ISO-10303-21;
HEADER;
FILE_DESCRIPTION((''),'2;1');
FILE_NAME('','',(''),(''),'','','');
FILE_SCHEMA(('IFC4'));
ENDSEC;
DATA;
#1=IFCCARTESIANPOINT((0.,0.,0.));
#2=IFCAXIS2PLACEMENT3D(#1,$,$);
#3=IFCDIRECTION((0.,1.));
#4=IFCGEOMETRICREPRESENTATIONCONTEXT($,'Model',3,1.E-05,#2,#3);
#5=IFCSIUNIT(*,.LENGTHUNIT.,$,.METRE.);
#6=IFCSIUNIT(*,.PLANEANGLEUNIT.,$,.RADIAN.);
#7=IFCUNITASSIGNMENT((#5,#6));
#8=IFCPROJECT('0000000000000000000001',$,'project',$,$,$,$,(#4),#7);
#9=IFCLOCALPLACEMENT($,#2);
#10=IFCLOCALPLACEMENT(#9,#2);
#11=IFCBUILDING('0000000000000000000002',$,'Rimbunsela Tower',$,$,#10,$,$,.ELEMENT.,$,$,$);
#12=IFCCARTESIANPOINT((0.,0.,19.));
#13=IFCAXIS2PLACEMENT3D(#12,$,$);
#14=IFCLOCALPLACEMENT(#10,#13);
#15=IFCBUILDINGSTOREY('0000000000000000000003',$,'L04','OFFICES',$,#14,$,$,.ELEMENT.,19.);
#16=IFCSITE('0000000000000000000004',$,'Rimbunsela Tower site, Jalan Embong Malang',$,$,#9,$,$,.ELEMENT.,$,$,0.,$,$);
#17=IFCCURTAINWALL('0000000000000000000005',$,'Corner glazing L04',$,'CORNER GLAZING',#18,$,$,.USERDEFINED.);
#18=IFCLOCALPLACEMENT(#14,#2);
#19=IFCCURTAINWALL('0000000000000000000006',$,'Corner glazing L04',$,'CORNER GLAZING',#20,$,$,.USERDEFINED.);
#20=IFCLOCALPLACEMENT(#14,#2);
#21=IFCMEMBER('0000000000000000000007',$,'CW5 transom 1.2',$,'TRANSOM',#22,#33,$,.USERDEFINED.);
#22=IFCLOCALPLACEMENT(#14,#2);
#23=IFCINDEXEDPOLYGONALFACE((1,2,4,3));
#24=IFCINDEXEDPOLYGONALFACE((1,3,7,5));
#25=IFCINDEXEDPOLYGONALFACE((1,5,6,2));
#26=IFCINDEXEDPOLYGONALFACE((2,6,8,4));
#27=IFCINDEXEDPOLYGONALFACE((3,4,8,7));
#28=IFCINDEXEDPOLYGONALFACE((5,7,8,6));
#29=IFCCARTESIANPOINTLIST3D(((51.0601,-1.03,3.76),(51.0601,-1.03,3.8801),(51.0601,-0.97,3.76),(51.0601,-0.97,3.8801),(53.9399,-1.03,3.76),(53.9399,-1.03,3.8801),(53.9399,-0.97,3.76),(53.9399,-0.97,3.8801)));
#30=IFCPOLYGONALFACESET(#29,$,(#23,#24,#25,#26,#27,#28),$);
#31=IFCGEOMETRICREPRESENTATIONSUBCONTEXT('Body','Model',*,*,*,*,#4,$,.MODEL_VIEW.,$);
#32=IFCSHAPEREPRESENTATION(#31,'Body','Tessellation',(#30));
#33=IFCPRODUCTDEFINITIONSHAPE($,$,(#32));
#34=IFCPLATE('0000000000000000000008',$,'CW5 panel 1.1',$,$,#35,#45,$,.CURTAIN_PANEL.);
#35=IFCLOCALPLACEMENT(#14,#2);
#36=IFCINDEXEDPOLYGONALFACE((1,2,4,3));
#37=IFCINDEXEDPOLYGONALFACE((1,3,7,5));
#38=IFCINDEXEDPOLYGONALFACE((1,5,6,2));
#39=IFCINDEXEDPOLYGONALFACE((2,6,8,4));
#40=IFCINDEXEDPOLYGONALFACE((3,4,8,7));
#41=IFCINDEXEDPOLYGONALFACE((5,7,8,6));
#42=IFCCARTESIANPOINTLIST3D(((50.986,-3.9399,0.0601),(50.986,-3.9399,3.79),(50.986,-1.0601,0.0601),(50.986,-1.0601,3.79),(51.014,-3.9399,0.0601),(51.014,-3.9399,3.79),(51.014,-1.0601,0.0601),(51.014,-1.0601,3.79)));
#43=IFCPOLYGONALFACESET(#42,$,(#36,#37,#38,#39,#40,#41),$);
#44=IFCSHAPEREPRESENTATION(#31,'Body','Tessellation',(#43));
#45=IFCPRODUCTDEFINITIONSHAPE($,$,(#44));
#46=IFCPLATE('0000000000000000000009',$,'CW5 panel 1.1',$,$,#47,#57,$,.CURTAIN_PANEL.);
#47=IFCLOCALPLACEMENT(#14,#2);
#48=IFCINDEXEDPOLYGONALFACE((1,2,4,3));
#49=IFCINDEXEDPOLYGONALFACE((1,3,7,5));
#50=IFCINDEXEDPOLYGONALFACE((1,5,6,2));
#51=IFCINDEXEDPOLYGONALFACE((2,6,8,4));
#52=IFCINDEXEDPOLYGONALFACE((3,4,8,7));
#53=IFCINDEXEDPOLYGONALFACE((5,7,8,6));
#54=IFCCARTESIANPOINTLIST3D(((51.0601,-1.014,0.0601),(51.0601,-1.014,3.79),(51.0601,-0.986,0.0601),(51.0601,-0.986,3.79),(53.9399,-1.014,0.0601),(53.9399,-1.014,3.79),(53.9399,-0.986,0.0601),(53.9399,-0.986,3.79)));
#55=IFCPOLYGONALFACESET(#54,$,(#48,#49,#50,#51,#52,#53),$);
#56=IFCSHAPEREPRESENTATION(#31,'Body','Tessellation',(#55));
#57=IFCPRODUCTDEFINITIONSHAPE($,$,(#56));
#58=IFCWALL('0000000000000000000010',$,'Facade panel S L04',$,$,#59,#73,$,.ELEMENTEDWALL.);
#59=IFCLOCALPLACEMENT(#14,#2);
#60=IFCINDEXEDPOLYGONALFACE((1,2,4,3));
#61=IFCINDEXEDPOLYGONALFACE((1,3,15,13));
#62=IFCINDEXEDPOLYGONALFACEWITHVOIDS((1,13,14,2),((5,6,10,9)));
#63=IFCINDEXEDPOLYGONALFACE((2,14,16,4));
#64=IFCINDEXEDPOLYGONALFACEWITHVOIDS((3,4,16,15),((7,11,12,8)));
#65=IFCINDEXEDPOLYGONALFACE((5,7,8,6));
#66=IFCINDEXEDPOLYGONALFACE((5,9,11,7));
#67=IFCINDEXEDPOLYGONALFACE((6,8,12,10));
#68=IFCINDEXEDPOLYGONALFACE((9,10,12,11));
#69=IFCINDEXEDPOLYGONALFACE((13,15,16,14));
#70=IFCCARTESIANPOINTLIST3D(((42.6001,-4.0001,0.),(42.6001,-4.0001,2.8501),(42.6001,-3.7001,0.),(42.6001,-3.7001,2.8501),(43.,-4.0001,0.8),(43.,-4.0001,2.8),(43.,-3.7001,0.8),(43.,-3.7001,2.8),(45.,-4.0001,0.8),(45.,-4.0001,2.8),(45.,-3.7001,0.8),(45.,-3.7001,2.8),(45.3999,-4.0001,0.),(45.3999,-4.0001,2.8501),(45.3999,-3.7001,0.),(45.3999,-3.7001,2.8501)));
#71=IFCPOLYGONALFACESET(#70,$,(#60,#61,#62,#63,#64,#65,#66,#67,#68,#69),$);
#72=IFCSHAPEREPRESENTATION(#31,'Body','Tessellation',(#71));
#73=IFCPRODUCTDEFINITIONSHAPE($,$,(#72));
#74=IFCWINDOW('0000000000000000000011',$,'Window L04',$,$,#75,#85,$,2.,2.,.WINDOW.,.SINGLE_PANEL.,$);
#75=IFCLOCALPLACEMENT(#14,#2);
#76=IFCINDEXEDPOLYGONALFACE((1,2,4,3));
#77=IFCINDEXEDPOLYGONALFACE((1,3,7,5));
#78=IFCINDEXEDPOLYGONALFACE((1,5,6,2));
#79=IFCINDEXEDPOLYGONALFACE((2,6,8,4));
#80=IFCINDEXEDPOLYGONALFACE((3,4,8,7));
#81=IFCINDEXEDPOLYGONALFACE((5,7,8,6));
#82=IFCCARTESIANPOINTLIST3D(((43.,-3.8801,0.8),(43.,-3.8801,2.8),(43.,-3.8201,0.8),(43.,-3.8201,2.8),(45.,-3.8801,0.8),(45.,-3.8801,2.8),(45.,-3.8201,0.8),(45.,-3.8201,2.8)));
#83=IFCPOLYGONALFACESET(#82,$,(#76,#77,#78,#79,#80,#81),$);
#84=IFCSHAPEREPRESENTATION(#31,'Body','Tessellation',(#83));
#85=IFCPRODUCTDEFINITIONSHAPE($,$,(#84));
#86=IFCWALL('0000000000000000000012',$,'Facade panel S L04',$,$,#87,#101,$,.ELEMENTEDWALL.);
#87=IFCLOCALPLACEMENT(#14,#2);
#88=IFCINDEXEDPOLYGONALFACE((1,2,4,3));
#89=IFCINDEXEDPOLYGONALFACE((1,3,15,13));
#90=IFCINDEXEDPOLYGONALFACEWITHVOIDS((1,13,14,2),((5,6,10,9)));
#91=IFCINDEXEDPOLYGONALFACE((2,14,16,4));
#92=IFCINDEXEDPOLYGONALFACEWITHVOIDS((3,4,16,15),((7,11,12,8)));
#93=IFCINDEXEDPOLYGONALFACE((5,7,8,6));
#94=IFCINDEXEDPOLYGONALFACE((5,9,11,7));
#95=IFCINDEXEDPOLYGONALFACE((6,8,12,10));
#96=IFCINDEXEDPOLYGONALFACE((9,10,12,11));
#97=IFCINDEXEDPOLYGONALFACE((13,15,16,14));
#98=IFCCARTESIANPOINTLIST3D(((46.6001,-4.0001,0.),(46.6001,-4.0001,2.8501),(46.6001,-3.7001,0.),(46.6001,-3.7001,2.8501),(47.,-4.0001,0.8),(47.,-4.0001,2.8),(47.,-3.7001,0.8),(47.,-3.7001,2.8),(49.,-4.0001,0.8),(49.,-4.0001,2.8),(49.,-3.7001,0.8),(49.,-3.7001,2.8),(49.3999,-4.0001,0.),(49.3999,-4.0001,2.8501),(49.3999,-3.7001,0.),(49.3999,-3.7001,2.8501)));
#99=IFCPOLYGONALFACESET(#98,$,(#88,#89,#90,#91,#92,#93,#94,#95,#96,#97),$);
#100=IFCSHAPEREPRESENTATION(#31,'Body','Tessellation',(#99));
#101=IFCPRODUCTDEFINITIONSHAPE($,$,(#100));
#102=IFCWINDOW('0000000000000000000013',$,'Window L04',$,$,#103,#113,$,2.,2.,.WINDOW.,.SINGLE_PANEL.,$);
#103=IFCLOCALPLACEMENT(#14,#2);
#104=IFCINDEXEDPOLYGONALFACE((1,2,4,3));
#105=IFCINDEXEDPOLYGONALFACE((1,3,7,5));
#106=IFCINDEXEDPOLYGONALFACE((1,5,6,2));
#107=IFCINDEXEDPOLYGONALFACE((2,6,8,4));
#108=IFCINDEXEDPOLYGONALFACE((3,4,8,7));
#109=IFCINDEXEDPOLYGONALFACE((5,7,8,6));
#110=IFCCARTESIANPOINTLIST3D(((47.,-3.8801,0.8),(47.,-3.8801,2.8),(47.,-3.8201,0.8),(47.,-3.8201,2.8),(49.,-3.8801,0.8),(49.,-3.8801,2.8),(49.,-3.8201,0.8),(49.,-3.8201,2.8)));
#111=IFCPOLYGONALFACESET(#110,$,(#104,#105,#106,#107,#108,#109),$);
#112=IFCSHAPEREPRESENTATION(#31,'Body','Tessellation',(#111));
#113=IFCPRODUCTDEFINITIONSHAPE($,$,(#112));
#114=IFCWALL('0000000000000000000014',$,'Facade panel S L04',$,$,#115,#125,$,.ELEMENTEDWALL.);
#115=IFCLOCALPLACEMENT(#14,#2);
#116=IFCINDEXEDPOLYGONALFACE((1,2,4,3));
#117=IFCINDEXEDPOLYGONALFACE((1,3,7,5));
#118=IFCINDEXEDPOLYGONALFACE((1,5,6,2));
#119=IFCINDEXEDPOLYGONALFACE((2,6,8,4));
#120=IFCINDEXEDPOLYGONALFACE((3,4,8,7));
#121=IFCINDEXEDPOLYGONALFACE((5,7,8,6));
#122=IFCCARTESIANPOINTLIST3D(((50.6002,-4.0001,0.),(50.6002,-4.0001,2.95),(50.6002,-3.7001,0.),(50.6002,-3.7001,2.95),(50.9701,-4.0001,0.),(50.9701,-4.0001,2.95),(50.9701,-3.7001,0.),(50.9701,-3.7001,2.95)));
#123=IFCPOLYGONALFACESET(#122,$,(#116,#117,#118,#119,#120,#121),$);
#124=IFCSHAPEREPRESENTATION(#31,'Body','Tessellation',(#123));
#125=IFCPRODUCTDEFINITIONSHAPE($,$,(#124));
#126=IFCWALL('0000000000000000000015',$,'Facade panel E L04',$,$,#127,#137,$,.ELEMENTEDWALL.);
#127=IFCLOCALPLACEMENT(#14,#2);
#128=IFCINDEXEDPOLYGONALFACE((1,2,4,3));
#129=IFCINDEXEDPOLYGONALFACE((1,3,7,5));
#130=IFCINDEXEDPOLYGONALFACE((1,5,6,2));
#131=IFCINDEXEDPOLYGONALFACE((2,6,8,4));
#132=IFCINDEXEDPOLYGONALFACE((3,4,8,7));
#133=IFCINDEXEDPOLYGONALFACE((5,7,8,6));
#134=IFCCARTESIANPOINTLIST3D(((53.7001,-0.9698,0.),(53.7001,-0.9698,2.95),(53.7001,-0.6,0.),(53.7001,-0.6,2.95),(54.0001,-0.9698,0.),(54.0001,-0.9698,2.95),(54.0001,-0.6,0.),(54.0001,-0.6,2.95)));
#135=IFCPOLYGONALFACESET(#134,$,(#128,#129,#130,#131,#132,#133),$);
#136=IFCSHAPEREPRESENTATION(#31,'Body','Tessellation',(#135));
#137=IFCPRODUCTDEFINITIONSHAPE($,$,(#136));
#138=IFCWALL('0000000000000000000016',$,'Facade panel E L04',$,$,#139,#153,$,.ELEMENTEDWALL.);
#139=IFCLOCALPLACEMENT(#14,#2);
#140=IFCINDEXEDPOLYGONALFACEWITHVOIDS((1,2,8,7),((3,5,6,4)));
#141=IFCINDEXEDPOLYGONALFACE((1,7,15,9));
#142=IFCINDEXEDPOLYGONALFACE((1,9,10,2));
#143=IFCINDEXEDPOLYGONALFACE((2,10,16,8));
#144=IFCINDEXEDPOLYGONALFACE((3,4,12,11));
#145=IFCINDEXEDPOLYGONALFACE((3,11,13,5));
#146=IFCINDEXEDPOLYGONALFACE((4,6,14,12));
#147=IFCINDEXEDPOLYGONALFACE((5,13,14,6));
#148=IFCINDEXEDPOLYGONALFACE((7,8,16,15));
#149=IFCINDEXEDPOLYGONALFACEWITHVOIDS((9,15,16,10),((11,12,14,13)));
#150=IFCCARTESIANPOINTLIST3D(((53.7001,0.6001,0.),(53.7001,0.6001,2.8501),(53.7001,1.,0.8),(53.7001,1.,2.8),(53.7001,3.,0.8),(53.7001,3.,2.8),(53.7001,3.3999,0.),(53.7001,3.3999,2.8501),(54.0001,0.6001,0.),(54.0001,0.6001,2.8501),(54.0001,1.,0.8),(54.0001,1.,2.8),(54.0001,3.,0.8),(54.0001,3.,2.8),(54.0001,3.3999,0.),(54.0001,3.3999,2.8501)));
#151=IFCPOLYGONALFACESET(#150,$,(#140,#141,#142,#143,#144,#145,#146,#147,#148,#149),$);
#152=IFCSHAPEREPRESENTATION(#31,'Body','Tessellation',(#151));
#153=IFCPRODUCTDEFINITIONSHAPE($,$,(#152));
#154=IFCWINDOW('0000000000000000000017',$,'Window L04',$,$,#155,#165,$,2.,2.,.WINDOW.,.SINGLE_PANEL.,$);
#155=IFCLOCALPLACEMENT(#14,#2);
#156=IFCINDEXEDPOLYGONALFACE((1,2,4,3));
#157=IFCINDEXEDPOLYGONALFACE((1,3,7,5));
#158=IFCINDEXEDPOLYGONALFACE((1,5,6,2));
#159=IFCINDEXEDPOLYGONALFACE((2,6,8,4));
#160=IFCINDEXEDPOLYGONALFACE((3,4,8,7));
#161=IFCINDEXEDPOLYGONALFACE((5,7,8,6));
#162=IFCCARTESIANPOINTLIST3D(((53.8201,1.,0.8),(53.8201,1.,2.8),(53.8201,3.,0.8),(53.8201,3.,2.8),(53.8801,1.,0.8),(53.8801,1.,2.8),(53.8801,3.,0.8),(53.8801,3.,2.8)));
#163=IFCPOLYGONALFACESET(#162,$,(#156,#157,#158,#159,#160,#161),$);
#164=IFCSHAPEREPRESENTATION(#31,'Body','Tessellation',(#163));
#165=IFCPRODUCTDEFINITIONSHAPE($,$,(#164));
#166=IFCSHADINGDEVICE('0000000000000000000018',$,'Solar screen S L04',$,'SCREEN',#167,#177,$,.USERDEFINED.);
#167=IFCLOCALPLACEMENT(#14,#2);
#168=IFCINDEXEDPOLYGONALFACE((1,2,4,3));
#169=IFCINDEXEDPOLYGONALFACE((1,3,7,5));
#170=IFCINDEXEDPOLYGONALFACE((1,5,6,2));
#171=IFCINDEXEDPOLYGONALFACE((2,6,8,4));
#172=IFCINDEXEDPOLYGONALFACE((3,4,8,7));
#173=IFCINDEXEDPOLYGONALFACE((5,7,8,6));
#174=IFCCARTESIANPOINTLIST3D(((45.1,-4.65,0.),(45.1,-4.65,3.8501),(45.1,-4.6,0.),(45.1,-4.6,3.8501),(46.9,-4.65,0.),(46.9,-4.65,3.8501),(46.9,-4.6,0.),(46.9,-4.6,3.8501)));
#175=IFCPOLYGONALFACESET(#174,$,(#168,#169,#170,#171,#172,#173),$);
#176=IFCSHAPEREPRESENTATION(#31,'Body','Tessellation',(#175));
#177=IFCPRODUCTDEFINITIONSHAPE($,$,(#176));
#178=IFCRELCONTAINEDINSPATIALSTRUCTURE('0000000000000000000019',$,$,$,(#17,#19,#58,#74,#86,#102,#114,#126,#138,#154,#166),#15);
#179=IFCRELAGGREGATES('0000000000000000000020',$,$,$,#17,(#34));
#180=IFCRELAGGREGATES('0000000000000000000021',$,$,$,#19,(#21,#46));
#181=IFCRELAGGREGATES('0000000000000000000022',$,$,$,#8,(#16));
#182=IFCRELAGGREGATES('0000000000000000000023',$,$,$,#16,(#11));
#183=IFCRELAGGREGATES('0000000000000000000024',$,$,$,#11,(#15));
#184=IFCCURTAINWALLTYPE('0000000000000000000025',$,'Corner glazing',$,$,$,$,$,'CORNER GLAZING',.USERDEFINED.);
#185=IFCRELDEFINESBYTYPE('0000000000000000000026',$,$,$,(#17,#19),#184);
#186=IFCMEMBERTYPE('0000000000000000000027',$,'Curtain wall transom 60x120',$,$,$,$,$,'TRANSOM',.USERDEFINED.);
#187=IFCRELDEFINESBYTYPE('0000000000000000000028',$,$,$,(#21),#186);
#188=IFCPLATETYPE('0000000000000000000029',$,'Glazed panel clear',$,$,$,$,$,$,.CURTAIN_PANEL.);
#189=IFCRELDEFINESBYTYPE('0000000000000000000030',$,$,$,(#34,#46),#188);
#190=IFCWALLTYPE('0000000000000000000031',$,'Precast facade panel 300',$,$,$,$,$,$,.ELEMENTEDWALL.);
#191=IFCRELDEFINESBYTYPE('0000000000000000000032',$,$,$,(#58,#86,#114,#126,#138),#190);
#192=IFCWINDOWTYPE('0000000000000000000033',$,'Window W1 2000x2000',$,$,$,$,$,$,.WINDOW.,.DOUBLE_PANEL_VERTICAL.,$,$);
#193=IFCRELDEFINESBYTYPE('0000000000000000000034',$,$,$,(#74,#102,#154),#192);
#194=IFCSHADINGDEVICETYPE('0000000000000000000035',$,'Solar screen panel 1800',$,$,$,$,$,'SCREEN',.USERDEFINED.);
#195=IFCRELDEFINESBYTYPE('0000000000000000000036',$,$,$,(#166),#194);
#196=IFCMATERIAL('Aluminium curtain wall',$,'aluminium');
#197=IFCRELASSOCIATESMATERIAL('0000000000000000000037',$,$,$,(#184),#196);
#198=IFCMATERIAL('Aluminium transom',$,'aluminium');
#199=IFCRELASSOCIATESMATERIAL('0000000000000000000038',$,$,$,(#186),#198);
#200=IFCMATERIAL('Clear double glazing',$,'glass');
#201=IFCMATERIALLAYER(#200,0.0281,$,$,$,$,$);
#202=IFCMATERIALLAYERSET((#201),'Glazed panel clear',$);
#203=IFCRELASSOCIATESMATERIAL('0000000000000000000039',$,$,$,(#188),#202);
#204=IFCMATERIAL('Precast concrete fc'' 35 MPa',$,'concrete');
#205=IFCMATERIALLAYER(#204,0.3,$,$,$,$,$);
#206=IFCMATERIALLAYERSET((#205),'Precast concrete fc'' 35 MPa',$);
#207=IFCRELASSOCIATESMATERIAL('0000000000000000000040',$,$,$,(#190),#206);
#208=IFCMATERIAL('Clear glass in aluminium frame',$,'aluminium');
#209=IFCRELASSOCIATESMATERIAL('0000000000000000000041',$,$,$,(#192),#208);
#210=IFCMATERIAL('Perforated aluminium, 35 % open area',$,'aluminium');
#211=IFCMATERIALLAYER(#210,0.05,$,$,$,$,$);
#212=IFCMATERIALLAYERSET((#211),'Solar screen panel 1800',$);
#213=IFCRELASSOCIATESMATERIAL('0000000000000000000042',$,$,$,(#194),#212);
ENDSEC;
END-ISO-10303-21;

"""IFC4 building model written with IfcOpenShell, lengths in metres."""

from ifc_helpers import new_model, si_unit, direction, frame, frame_2d, origin, origin_2d, place, context, subcontext, project, spatial, rectangle, extrude, material, layer, layer_set, material_profile, profile_set, type_object, element, fill, aggregate, save


model = new_model("IFC4")

# Units and contexts
model_context = context("Model", 3, precision=1e-05, world=origin(), true_north=direction((0.0, 1.0)))
body_context = subcontext(model_context, "Body", "Model", "MODEL_VIEW")
ifc_project = project(units=[si_unit("LENGTHUNIT", "METRE"), si_unit("PLANEANGLEUNIT", "RADIAN")], contexts=[model_context])

# Site, building, storey
site_placement = place(None, origin())
site = spatial("IfcSite", under=ifc_project, at=site_placement, Name="Rimbunsela Tower site, Jalan Embong Malang", CompositionType="ELEMENT", RefElevation=0.0)
building_placement = place(site_placement, origin())
building = spatial("IfcBuilding", under=site, at=building_placement, Name="Rimbunsela Tower", CompositionType="ELEMENT")
storey_placement = place(building_placement, frame((0.0, 0.0, 19.0)))
storey = spatial("IfcBuildingStorey", under=building, at=storey_placement, Name="L04", Description="OFFICES", CompositionType="ELEMENT", Elevation=19.0)

# Curtain walls
ifc_material_1 = material(Name="Aluminium curtain wall", Category="aluminium")
curtain_wall_type = type_object("IfcCurtainWallType", Name="Corner glazing", ElementType="CORNER GLAZING", PredefinedType="USERDEFINED", material=ifc_material_1)
curtain_wall_1_placement = place(storey_placement, origin())
curtain_wall_1 = element("IfcCurtainWall", 1, at=curtain_wall_1_placement, inside=storey, type_object=curtain_wall_type, Name="Corner glazing L04", ObjectType="CORNER GLAZING", PredefinedType="USERDEFINED")
curtain_wall_2_placement = place(storey_placement, origin())
curtain_wall_2 = element("IfcCurtainWall", 2, at=curtain_wall_2_placement, inside=storey, type_object=curtain_wall_type, Name="Corner glazing L04", ObjectType="CORNER GLAZING", PredefinedType="USERDEFINED")

# Member
ifc_material_2 = material(Name="Aluminium transom", Category="aluminium")
ifc_material_profile_1 = material_profile(ifc_material_2, rectangle(XDim=0.0601, YDim=0.1201, at=origin_2d()), Name="Transom 60x120")
ifc_profile_set_1 = profile_set([ifc_material_profile_1], Name="Aluminium transom")
member_type_1 = type_object("IfcMemberType", Name="Curtain wall transom 60x120", ElementType="TRANSOM", PredefinedType="USERDEFINED", material=ifc_profile_set_1)
member_1_placement = place(storey_placement, frame((51.0601, -1.0, 3.8201), z_axis=(1.0, 0.0, 0.0), x_axis=(0.0, 1.0, 0.0)))
member_1 = element("IfcMember", 3, at=member_1_placement, type_object=member_type_1, Name="CW5 transom 1.2", ObjectType="TRANSOM", PredefinedType="USERDEFINED", context=body_context, shape_type="SweptSolid", body=[
    extrude(rectangle(XDim=0.0601, YDim=0.1201, at=origin_2d()), origin(), (0.0, 0.0, 1.0), 2.8799),
])

# Plates
ifc_material_3 = material(Name="Clear double glazing", Category="glass")
ifc_layer_1 = layer(ifc_material_3, 0.0281)
ifc_layer_set_1 = layer_set([ifc_layer_1], Name="Glazed panel clear")
plate_type = type_object("IfcPlateType", Name="Glazed panel clear", PredefinedType="CURTAIN_PANEL", material=ifc_layer_set_1)
plate_1_placement = place(storey_placement, frame((51.0, -2.5, 0.0601), z_axis=(0.0, 0.0, 1.0), x_axis=(0.0, 1.0, 0.0)))
plate_1 = element("IfcPlate", 4, at=plate_1_placement, type_object=plate_type, Name="CW5 panel 1.1", PredefinedType="CURTAIN_PANEL", context=body_context, shape_type="SweptSolid", body=[
    extrude(rectangle(XDim=2.8799, YDim=0.0281, at=origin_2d()), origin(), (0.0, 0.0, 1.0), 3.73),
])
aggregate(curtain_wall_1, [plate_1])
plate_2_placement = place(storey_placement, frame((52.5, -1.0, 0.0601), z_axis=(0.0, 0.0, 1.0), x_axis=(1.0, 0.0, 0.0)))
plate_2 = element("IfcPlate", 5, at=plate_2_placement, type_object=plate_type, Name="CW5 panel 1.1", PredefinedType="CURTAIN_PANEL", context=body_context, shape_type="SweptSolid", body=[
    extrude(rectangle(XDim=2.8799, YDim=0.0281, at=origin_2d()), origin(), (0.0, 0.0, 1.0), 3.73),
])
aggregate(curtain_wall_2, [member_1, plate_2])

# Walls, openings, windows
ifc_material_4 = material(Name="Precast concrete fc' 35 MPa", Category="concrete")
ifc_layer_2 = layer(ifc_material_4, 0.3)
ifc_layer_set_2 = layer_set([ifc_layer_2], Name="Precast concrete fc' 35 MPa")
wall_type = type_object("IfcWallType", Name="Precast facade panel 300", PredefinedType="ELEMENTEDWALL", material=ifc_layer_set_2)
wall_1_placement = place(storey_placement, frame((42.6001, -3.8501, 0.0), z_axis=(0.0, 0.0, 1.0), x_axis=(1.0, 0.0, 0.0)))
wall_1 = element("IfcWall", 6, at=wall_1_placement, inside=storey, type_object=wall_type, Name="Facade panel S L04", PredefinedType="ELEMENTEDWALL", context=body_context, shape_type="SweptSolid", body=[
    extrude(rectangle(XDim=2.7998, YDim=0.3, at=frame_2d((1.3999, 0.0))), origin(), (0.0, 0.0, 1.0), 2.8501),
])
opening_1_placement = place(wall_1_placement, frame((0.3999, 0.0, 0.8)))
opening_1 = element("IfcOpeningElement", 7, at=opening_1_placement, cuts=wall_1, PredefinedType="OPENING", context=body_context, shape_type="SweptSolid", body=[
    extrude(rectangle(XDim=2.0, YDim=2.0, at=frame_2d((1.0, 1.0))), frame((0.0, 0.1599, 0.0), z_axis=(0.0, -1.0, 0.0), x_axis=(1.0, 0.0, 0.0)), (0.0, 0.0, 1.0), 0.3201),
])
ifc_material_5 = material(Name="Clear glass in aluminium frame", Category="aluminium")
window_type = type_object("IfcWindowType", Name="Window W1 2000x2000", PartitioningType="DOUBLE_PANEL_VERTICAL", PredefinedType="WINDOW", material=ifc_material_5)
window_1_placement = place(opening_1_placement, origin())
window_1 = element("IfcWindow", 8, at=window_1_placement, inside=storey, type_object=window_type, Name="Window L04", OverallHeight=2.0, OverallWidth=2.0, PartitioningType="SINGLE_PANEL", PredefinedType="WINDOW", context=body_context, shape_type="SweptSolid", body=[
    extrude(rectangle(XDim=2.0, YDim=2.0, at=frame_2d((1.0, 1.0))), frame((0.0, 0.03, 0.0), z_axis=(0.0, -1.0, 0.0), x_axis=(1.0, 0.0, 0.0)), (0.0, 0.0, 1.0), 0.0601),
])
fill(opening_1, window_1)
wall_2_placement = place(storey_placement, frame((46.6001, -3.8501, 0.0), z_axis=(0.0, 0.0, 1.0), x_axis=(1.0, 0.0, 0.0)))
wall_2 = element("IfcWall", 9, at=wall_2_placement, inside=storey, type_object=wall_type, Name="Facade panel S L04", PredefinedType="ELEMENTEDWALL", context=body_context, shape_type="SweptSolid", body=[
    extrude(rectangle(XDim=2.7998, YDim=0.3, at=frame_2d((1.3999, 0.0))), origin(), (0.0, 0.0, 1.0), 2.8501),
])
opening_2_placement = place(wall_2_placement, frame((0.3999, 0.0, 0.8)))
opening_2 = element("IfcOpeningElement", 10, at=opening_2_placement, cuts=wall_2, PredefinedType="OPENING", context=body_context, shape_type="SweptSolid", body=[
    extrude(rectangle(XDim=2.0, YDim=2.0, at=frame_2d((1.0, 1.0))), frame((0.0, 0.1599, 0.0), z_axis=(0.0, -1.0, 0.0), x_axis=(1.0, 0.0, 0.0)), (0.0, 0.0, 1.0), 0.3201),
])
window_2_placement = place(opening_2_placement, origin())
window_2 = element("IfcWindow", 11, at=window_2_placement, inside=storey, type_object=window_type, Name="Window L04", OverallHeight=2.0, OverallWidth=2.0, PartitioningType="SINGLE_PANEL", PredefinedType="WINDOW", context=body_context, shape_type="SweptSolid", body=[
    extrude(rectangle(XDim=2.0, YDim=2.0, at=frame_2d((1.0, 1.0))), frame((0.0, 0.03, 0.0), z_axis=(0.0, -1.0, 0.0), x_axis=(1.0, 0.0, 0.0)), (0.0, 0.0, 1.0), 0.0601),
])
fill(opening_2, window_2)

# Walls
for number, where, z_axis, x_axis, name in (
    (12, (50.6001, -3.8501, 0.0), (0.0, 0.0, 1.0), (1.0, 0.0, 0.0), "Facade panel S L04"),
    (13, (53.8501, -0.97, 0.0), (0.0, 0.0, 1.0), (0.0, 1.0, 0.0), "Facade panel E L04"),
):
    element("IfcWall", number, at=place(storey_placement, frame(where, z_axis=z_axis, x_axis=x_axis)), inside=storey, type_object=wall_type, Name=name, PredefinedType="ELEMENTEDWALL", context=body_context, shape_type="SweptSolid", body=[
        extrude(rectangle(XDim=0.3699, YDim=0.3, at=frame_2d((0.1851, 0.0))), origin(), (0.0, 0.0, 1.0), 2.95),
    ])

# Wall, opening, window
wall_3_placement = place(storey_placement, frame((53.8501, 0.6001, 0.0), z_axis=(0.0, 0.0, 1.0), x_axis=(0.0, 1.0, 0.0)))
wall_3 = element("IfcWall", 14, at=wall_3_placement, inside=storey, type_object=wall_type, Name="Facade panel E L04", PredefinedType="ELEMENTEDWALL", context=body_context, shape_type="SweptSolid", body=[
    extrude(rectangle(XDim=2.7998, YDim=0.3, at=frame_2d((1.3999, 0.0))), origin(), (0.0, 0.0, 1.0), 2.8501),
])
opening_3_placement = place(wall_3_placement, frame((0.3999, 0.0, 0.8)))
opening_3 = element("IfcOpeningElement", 15, at=opening_3_placement, cuts=wall_3, PredefinedType="OPENING", context=body_context, shape_type="SweptSolid", body=[
    extrude(rectangle(XDim=2.0, YDim=2.0, at=frame_2d((1.0, 1.0))), frame((0.0, 0.1599, 0.0), z_axis=(0.0, -1.0, 0.0), x_axis=(1.0, 0.0, 0.0)), (0.0, 0.0, 1.0), 0.3201),
])
window_3_placement = place(opening_3_placement, origin())
window_3 = element("IfcWindow", 16, at=window_3_placement, inside=storey, type_object=window_type, Name="Window L04", OverallHeight=2.0, OverallWidth=2.0, PartitioningType="SINGLE_PANEL", PredefinedType="WINDOW", context=body_context, shape_type="SweptSolid", body=[
    extrude(rectangle(XDim=2.0, YDim=2.0, at=frame_2d((1.0, 1.0))), frame((0.0, 0.03, 0.0), z_axis=(0.0, -1.0, 0.0), x_axis=(1.0, 0.0, 0.0)), (0.0, 0.0, 1.0), 0.0601),
])
fill(opening_3, window_3)

# Shading device
ifc_material_6 = material(Name="Perforated aluminium, 35 % open area", Category="aluminium")
ifc_layer_3 = layer(ifc_material_6, 0.05)
ifc_layer_set_3 = layer_set([ifc_layer_3], Name="Solar screen panel 1800")
shading_device_type = type_object("IfcShadingDeviceType", Name="Solar screen panel 1800", ElementType="SCREEN", PredefinedType="USERDEFINED", material=ifc_layer_set_3)
for number, where, z_axis, x_axis, name in (
    (17, (46.0, -4.625, 0.0), (0.0, 0.0, 1.0), (1.0, 0.0, 0.0), "Solar screen S L04"),
):
    element("IfcShadingDevice", number, at=place(storey_placement, frame(where, z_axis=z_axis, x_axis=x_axis)), inside=storey, type_object=shading_device_type, Name=name, ObjectType="SCREEN", PredefinedType="USERDEFINED", context=body_context, shape_type="SweptSolid", body=[
        extrude(rectangle(XDim=1.8, YDim=0.05, at=origin_2d()), origin(), (0.0, 0.0, 1.0), 3.8501),
    ])

save(model, "model.ifc")
